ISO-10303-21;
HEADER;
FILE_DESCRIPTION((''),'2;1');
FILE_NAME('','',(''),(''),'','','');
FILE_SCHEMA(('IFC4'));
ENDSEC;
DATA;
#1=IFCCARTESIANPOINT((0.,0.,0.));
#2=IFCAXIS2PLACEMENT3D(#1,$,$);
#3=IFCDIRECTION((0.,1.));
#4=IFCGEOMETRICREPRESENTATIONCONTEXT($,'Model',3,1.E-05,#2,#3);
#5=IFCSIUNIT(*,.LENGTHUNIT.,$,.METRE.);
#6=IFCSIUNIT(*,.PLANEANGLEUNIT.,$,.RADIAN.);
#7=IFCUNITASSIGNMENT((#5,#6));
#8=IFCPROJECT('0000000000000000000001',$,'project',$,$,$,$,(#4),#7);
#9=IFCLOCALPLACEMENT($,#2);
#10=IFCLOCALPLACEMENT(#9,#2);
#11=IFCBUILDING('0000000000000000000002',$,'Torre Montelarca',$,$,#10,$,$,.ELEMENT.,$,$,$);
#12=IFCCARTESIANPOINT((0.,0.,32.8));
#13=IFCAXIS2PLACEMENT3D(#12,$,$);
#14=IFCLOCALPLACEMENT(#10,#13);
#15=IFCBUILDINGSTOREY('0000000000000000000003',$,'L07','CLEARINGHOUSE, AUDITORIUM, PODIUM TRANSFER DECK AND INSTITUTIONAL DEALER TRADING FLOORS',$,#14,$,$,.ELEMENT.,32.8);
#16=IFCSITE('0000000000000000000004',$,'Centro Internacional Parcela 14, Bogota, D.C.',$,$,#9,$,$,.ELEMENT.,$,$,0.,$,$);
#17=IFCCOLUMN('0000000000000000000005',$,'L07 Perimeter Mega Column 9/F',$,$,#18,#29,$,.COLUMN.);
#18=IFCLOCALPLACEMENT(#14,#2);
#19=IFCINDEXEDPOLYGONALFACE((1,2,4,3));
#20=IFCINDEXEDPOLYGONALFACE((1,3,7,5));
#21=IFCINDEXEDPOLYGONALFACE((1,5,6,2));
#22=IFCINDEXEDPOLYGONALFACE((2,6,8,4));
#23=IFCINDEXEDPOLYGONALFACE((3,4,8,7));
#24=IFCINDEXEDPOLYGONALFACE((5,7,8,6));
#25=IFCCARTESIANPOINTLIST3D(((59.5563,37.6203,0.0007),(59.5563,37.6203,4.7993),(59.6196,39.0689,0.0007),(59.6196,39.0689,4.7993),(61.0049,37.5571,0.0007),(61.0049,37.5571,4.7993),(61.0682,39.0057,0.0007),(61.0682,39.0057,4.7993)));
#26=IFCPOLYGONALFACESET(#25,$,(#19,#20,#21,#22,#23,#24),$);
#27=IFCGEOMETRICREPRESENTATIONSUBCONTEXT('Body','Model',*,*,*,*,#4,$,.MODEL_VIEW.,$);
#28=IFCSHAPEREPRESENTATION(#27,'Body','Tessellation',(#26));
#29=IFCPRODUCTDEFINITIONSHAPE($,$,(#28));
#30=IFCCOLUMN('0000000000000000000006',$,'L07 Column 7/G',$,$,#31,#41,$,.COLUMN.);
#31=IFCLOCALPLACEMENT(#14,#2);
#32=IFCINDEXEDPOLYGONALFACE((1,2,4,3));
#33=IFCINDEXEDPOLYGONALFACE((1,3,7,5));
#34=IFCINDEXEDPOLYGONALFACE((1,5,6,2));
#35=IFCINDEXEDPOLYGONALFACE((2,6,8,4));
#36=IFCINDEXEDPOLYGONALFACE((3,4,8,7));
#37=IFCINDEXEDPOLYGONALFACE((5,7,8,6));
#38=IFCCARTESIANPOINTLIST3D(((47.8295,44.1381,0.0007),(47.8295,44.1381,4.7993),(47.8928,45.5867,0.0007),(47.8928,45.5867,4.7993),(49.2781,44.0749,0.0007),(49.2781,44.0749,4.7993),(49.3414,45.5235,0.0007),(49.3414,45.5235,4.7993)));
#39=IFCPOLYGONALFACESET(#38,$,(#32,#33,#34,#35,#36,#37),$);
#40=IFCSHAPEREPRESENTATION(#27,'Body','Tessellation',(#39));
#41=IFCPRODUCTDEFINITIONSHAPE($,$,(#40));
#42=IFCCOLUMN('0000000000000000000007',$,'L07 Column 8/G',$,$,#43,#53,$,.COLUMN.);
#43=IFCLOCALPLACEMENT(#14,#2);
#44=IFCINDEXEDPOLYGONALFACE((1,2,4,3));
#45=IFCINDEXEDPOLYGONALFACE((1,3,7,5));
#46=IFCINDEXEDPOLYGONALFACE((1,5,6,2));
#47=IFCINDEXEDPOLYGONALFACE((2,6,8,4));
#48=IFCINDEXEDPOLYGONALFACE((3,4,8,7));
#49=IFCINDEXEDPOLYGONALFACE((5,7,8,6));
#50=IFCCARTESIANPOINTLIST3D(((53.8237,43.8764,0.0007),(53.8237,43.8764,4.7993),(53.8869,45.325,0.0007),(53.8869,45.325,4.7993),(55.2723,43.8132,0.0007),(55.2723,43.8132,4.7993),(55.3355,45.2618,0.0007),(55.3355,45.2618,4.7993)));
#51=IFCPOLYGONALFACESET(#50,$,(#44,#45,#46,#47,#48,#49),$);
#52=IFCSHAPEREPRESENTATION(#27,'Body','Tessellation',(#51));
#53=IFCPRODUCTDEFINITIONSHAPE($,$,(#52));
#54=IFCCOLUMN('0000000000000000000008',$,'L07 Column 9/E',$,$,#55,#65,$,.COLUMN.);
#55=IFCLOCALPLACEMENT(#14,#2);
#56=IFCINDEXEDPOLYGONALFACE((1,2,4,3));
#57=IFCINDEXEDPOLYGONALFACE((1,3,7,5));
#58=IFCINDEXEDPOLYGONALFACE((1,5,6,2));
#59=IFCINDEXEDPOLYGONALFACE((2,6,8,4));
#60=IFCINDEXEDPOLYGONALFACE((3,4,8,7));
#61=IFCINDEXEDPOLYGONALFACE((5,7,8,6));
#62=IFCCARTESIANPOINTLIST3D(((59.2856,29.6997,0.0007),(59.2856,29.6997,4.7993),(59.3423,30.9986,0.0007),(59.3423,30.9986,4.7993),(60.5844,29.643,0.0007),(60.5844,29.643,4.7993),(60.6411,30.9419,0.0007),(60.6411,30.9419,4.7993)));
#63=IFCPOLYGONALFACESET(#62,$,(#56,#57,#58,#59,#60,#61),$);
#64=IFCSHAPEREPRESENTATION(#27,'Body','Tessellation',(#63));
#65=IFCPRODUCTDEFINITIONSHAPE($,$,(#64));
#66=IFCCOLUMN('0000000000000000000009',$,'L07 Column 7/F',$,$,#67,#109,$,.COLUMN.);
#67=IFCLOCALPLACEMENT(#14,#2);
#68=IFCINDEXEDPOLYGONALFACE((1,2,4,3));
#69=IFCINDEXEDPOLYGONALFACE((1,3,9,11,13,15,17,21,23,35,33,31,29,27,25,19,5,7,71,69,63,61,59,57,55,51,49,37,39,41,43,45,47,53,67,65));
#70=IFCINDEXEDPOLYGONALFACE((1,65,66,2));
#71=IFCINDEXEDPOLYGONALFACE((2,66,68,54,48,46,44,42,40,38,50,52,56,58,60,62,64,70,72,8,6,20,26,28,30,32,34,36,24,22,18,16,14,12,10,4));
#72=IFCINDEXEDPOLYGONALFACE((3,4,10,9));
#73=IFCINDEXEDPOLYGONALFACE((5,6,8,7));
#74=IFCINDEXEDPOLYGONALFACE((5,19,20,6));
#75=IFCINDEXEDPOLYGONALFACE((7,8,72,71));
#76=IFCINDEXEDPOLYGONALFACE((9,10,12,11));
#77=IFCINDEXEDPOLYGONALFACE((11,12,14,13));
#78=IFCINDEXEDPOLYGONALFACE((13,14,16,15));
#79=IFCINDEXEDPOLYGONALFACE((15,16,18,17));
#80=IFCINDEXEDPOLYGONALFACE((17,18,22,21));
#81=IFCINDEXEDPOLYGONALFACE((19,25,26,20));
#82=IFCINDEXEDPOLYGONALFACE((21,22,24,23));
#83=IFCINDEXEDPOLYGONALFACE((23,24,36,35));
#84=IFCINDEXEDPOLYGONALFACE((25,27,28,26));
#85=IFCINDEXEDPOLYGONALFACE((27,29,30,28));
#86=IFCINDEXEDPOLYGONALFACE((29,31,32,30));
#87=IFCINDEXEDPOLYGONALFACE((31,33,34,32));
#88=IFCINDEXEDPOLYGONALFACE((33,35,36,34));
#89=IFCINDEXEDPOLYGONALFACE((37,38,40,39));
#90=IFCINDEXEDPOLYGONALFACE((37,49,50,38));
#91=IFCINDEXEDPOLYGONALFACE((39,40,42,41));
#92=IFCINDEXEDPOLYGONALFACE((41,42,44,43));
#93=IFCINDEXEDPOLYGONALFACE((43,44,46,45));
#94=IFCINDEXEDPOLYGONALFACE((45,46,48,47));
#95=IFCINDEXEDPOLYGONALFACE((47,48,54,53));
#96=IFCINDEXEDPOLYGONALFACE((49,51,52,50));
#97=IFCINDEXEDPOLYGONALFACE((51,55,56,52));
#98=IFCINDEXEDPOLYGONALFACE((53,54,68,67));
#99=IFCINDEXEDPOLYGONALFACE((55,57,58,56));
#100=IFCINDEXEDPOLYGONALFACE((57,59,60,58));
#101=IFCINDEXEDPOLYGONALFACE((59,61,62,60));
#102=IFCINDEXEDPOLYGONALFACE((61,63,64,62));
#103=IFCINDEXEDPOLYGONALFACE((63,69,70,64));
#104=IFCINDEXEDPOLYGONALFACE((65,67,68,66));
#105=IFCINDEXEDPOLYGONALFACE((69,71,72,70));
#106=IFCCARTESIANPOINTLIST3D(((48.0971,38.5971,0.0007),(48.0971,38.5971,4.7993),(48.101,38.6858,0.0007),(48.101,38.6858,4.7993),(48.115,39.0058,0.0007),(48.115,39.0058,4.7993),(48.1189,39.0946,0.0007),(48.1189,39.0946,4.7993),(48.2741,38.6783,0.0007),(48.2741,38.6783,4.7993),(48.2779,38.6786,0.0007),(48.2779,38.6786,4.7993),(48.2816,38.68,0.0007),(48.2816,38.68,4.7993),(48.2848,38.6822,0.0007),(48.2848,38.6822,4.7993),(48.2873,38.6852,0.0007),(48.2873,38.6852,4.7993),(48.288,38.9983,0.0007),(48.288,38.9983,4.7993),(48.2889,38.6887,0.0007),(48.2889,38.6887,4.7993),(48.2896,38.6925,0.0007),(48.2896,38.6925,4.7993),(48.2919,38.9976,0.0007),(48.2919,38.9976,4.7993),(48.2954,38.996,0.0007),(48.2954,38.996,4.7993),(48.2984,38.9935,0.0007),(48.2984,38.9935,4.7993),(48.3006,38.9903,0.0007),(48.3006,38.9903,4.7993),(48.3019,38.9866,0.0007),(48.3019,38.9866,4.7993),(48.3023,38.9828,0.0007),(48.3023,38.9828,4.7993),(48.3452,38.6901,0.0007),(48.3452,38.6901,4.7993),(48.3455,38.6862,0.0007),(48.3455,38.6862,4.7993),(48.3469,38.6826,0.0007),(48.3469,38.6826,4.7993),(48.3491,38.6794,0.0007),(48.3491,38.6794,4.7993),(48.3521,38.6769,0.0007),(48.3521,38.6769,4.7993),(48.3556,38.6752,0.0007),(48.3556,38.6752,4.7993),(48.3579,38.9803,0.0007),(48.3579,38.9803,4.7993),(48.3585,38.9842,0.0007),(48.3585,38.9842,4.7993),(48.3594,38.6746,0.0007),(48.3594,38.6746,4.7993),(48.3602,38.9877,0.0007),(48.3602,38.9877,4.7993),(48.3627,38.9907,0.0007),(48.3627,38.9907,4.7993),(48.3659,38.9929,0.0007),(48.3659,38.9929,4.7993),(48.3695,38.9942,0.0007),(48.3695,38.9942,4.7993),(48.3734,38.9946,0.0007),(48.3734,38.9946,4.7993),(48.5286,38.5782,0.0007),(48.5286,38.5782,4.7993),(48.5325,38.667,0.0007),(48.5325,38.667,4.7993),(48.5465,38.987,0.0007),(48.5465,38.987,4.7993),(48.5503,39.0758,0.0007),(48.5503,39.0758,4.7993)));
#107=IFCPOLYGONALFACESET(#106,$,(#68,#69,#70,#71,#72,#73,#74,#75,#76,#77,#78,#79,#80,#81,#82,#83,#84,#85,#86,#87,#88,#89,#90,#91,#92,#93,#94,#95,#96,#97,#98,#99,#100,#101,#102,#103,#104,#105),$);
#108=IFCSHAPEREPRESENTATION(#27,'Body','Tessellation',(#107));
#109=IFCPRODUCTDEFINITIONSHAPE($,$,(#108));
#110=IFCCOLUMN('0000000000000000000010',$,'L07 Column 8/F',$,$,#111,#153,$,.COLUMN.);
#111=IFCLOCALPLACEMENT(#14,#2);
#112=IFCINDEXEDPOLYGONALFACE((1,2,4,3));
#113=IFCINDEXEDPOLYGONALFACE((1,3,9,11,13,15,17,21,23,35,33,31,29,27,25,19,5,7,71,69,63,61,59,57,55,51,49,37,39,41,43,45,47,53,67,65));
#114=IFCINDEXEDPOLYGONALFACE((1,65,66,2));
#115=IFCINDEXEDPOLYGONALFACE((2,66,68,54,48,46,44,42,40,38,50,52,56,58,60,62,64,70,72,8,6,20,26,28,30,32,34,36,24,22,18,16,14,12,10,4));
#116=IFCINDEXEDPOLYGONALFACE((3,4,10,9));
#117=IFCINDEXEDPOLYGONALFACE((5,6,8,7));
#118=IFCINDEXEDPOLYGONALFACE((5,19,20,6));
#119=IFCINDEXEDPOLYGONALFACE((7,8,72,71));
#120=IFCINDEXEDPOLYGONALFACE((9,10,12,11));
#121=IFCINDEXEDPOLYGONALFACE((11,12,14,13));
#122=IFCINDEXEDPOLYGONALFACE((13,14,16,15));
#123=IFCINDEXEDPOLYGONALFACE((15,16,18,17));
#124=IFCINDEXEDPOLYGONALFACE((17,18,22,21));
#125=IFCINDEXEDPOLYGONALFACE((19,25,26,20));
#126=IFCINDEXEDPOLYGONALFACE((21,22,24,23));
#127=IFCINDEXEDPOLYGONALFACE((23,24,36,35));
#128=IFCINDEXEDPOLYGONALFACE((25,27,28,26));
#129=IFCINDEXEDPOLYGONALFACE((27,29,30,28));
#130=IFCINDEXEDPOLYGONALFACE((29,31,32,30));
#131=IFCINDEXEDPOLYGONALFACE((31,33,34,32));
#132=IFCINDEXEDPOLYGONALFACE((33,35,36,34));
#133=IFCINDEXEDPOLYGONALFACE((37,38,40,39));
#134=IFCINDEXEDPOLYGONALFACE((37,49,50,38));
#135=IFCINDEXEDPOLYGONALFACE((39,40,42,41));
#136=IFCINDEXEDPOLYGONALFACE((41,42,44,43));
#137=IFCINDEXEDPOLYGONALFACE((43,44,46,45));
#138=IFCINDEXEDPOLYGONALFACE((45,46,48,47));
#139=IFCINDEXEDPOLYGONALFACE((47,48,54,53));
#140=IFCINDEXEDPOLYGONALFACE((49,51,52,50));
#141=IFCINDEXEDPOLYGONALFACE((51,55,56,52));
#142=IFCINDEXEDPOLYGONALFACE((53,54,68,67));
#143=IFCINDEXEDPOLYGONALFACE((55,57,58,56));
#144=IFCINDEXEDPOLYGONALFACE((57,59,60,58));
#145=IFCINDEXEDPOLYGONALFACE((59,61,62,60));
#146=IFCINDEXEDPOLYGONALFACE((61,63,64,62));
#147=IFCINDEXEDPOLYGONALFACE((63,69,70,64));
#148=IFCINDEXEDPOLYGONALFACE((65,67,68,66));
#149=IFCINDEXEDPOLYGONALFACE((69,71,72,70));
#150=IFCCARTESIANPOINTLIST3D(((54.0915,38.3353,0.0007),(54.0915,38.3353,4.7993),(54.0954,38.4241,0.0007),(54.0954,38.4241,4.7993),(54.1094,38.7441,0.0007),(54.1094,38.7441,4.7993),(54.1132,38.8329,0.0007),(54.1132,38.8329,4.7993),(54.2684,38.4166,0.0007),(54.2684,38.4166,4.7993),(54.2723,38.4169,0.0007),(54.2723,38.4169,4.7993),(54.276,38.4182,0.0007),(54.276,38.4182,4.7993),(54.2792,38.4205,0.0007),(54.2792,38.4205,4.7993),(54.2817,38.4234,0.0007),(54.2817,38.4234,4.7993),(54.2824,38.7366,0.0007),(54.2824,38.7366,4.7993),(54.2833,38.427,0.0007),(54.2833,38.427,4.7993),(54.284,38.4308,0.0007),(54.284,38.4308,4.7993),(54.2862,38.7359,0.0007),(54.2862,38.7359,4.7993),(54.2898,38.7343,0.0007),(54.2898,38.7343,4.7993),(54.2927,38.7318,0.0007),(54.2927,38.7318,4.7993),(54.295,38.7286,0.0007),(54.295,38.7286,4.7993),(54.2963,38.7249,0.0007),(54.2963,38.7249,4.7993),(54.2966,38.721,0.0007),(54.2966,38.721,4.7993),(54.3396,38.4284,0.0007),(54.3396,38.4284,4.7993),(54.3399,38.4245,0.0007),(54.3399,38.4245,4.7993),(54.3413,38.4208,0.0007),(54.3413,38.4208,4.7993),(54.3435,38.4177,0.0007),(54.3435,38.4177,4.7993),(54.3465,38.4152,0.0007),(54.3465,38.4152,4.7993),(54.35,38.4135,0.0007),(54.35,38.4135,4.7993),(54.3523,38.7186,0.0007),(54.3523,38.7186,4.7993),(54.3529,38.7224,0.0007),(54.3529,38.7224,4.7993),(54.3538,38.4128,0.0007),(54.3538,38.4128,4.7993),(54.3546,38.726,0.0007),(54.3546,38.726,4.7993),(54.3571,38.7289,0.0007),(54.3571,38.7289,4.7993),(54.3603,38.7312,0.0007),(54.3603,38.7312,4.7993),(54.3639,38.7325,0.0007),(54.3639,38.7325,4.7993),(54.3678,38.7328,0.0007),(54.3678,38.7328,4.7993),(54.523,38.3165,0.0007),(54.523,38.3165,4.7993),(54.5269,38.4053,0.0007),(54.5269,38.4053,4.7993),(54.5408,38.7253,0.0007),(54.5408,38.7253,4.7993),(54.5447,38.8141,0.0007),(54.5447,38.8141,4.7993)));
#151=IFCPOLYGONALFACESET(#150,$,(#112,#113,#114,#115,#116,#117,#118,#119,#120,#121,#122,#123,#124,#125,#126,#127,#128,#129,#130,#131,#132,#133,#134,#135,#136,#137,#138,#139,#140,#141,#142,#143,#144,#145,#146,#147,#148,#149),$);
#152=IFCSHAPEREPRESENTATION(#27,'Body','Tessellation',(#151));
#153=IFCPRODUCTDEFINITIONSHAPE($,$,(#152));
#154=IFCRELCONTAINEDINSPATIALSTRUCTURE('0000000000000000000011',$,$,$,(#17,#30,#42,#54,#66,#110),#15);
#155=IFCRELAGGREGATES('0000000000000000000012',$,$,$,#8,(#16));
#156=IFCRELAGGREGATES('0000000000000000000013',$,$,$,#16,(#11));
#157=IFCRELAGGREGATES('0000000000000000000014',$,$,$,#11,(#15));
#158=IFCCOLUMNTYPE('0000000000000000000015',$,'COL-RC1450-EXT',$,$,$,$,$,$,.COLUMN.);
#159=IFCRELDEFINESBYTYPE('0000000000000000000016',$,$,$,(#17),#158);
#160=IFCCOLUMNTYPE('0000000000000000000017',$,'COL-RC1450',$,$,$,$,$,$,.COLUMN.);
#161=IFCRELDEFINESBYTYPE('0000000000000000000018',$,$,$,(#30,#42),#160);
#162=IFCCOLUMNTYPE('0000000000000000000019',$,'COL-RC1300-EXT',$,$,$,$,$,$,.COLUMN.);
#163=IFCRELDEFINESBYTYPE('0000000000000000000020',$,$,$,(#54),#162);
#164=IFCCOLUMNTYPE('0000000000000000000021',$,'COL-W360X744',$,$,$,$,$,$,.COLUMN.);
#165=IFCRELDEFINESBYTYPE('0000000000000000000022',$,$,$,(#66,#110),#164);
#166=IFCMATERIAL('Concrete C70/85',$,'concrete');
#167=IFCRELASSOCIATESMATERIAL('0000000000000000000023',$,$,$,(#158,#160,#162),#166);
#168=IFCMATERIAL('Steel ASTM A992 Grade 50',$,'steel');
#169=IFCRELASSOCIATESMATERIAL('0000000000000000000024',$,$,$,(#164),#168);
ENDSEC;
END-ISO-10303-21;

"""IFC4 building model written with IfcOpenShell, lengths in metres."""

from ifc_helpers import new_model, si_unit, direction, frame, origin, origin_2d, place, context, subcontext, project, spatial, rectangle, i_section, extrude, source, transform, mapped, material, material_profile, profile_set, type_object, element, save


model = new_model("IFC4")

# Units and contexts
model_context = context("Model", 3, precision=1e-05, world=origin(), true_north=direction((0.0, 1.0)))
body_context = subcontext(model_context, "Body", "Model", "MODEL_VIEW")
ifc_project = project(units=[si_unit("LENGTHUNIT", "METRE"), si_unit("PLANEANGLEUNIT", "RADIAN")], contexts=[model_context])

# Site, building, storey
site_placement = place(None, origin())
site = spatial("IfcSite", under=ifc_project, at=site_placement, Name="Centro Internacional Parcela 14, Bogota, D.C.", CompositionType="ELEMENT", RefElevation=0.0)
building_placement = place(site_placement, origin())
building = spatial("IfcBuilding", under=site, at=building_placement, Name="Torre Montelarca", CompositionType="ELEMENT")
storey_placement = place(building_placement, frame((0.0, 0.0, 32.8)))
storey = spatial("IfcBuildingStorey", under=building, at=storey_placement, Name="L07", Description="CLEARINGHOUSE, AUDITORIUM, PODIUM TRANSFER DECK AND INSTITUTIONAL DEALER TRADING FLOORS", CompositionType="ELEMENT", Elevation=32.8)

# Columns
ifc_material_1 = material(Name="Concrete C70/85", Category="concrete")
ifc_material_profile_1 = material_profile(ifc_material_1, rectangle(XDim=1.45, YDim=1.45, at=origin_2d()), Name="RC1450X1450", Category="concrete")
ifc_profile_set_1 = profile_set([ifc_material_profile_1], Name="Concrete C70/85")
column_type_1 = type_object("IfcColumnType", Name="COL-RC1450-EXT", PredefinedType="COLUMN", material=ifc_profile_set_1)
shared_shape_1 = source(origin(), body_context, "Body", "SweptSolid", [
    extrude(rectangle(XDim=1.45, YDim=1.45, at=origin_2d()), origin(), (0.0, 0.0, 1.0), 4.7986),
])
column_1_placement = place(storey_placement, frame((60.3123, 38.313, 0.0007), z_axis=(0.0, 0.0, 1.0), x_axis=(-0.999048, 0.043619, 0.0)))
element("IfcColumn", 1, at=column_1_placement, inside=storey, type_object=column_type_1, Name="L07 Perimeter Mega Column 9/F", PredefinedType="COLUMN", context=body_context, shape_type="MappedRepresentation", body=[
    mapped(shared_shape_1, transform((0.0, 0.0, 0.0), scale=1.0)),
])
ifc_material_profile_2 = material_profile(ifc_material_1, rectangle(XDim=1.45, YDim=1.45, at=origin_2d()), Name="RC1450X1450", Category="concrete")
ifc_profile_set_2 = profile_set([ifc_material_profile_2], Name="Concrete C70/85")
column_type_2 = type_object("IfcColumnType", Name="COL-RC1450", PredefinedType="COLUMN", material=ifc_profile_set_2)
shared_shape_2 = source(origin(), body_context, "Body", "SweptSolid", [
    extrude(rectangle(XDim=1.45, YDim=1.45, at=origin_2d()), origin(), (0.0, 0.0, 1.0), 4.7986),
])
for number, where, z_axis, x_axis, name in (
    (2, (48.5854, 44.8308, 0.0007), (0.0, 0.0, 1.0), (-0.999048, 0.043619, 0.0), "L07 Column 7/G"),
    (3, (54.5796, 44.5691, 0.0007), (0.0, 0.0, 1.0), (-0.999048, 0.043619, 0.0), "L07 Column 8/G"),
):
    element("IfcColumn", number, at=place(storey_placement, frame(where, z_axis=z_axis, x_axis=x_axis)), inside=storey, type_object=column_type_2, Name=name, PredefinedType="COLUMN", context=body_context, shape_type="MappedRepresentation", body=[
        mapped(shared_shape_2, transform((0.0, 0.0, 0.0), scale=1.0)),
    ])
ifc_material_profile_3 = material_profile(ifc_material_1, rectangle(XDim=1.3, YDim=1.3, at=origin_2d()), Name="RC1300X1300", Category="concrete")
ifc_profile_set_3 = profile_set([ifc_material_profile_3], Name="Concrete C70/85")
column_type_3 = type_object("IfcColumnType", Name="COL-RC1300-EXT", PredefinedType="COLUMN", material=ifc_profile_set_3)
shared_shape_3 = source(origin(), body_context, "Body", "SweptSolid", [
    extrude(rectangle(XDim=1.3, YDim=1.3, at=origin_2d()), origin(), (0.0, 0.0, 1.0), 4.7986),
])
column_2_placement = place(storey_placement, frame((59.9634, 30.3208, 0.0007), z_axis=(0.0, 0.0, 1.0), x_axis=(-0.999048, 0.043619, 0.0)))
element("IfcColumn", 4, at=column_2_placement, inside=storey, type_object=column_type_3, Name="L07 Column 9/E", PredefinedType="COLUMN", context=body_context, shape_type="MappedRepresentation", body=[
    mapped(shared_shape_3, transform((0.0, 0.0, 0.0), scale=1.0)),
])
ifc_material_2 = material(Name="Steel ASTM A992 Grade 50", Category="steel")
ifc_material_profile_4 = material_profile(ifc_material_2, i_section(OverallWidth=0.4319, OverallDepth=0.498, WebThickness=0.0557, FlangeThickness=0.0889, FilletRadius=0.0149, at=origin_2d()), Name="W360X744", Category="steel")
ifc_profile_set_4 = profile_set([ifc_material_profile_4], Name="Steel ASTM A992 Grade 50")
column_type_4 = type_object("IfcColumnType", Name="COL-W360X744", PredefinedType="COLUMN", material=ifc_profile_set_4)
shared_shape_4 = source(origin(), body_context, "Body", "SweptSolid", [
    extrude(i_section(OverallWidth=0.4319, OverallDepth=0.498, WebThickness=0.0557, FlangeThickness=0.0889, FilletRadius=0.0149, at=origin_2d()), origin(), (0.0, 0.0, 1.0), 4.7986),
])
for number, where, z_axis, x_axis, name in (
    (5, (48.3237, 38.8364, 0.0007), (0.0, 0.0, 1.0), (-0.999048, 0.043619, 0.0), "L07 Column 7/F"),
    (6, (54.3181, 38.5747, 0.0007), (0.0, 0.0, 1.0), (-0.999048, 0.043619, 0.0), "L07 Column 8/F"),
):
    element("IfcColumn", number, at=place(storey_placement, frame(where, z_axis=z_axis, x_axis=x_axis)), inside=storey, type_object=column_type_4, Name=name, PredefinedType="COLUMN", context=body_context, shape_type="MappedRepresentation", body=[
        mapped(shared_shape_4, transform((0.0, 0.0, 0.0), scale=1.0)),
    ])

save(model, "model.ifc")
